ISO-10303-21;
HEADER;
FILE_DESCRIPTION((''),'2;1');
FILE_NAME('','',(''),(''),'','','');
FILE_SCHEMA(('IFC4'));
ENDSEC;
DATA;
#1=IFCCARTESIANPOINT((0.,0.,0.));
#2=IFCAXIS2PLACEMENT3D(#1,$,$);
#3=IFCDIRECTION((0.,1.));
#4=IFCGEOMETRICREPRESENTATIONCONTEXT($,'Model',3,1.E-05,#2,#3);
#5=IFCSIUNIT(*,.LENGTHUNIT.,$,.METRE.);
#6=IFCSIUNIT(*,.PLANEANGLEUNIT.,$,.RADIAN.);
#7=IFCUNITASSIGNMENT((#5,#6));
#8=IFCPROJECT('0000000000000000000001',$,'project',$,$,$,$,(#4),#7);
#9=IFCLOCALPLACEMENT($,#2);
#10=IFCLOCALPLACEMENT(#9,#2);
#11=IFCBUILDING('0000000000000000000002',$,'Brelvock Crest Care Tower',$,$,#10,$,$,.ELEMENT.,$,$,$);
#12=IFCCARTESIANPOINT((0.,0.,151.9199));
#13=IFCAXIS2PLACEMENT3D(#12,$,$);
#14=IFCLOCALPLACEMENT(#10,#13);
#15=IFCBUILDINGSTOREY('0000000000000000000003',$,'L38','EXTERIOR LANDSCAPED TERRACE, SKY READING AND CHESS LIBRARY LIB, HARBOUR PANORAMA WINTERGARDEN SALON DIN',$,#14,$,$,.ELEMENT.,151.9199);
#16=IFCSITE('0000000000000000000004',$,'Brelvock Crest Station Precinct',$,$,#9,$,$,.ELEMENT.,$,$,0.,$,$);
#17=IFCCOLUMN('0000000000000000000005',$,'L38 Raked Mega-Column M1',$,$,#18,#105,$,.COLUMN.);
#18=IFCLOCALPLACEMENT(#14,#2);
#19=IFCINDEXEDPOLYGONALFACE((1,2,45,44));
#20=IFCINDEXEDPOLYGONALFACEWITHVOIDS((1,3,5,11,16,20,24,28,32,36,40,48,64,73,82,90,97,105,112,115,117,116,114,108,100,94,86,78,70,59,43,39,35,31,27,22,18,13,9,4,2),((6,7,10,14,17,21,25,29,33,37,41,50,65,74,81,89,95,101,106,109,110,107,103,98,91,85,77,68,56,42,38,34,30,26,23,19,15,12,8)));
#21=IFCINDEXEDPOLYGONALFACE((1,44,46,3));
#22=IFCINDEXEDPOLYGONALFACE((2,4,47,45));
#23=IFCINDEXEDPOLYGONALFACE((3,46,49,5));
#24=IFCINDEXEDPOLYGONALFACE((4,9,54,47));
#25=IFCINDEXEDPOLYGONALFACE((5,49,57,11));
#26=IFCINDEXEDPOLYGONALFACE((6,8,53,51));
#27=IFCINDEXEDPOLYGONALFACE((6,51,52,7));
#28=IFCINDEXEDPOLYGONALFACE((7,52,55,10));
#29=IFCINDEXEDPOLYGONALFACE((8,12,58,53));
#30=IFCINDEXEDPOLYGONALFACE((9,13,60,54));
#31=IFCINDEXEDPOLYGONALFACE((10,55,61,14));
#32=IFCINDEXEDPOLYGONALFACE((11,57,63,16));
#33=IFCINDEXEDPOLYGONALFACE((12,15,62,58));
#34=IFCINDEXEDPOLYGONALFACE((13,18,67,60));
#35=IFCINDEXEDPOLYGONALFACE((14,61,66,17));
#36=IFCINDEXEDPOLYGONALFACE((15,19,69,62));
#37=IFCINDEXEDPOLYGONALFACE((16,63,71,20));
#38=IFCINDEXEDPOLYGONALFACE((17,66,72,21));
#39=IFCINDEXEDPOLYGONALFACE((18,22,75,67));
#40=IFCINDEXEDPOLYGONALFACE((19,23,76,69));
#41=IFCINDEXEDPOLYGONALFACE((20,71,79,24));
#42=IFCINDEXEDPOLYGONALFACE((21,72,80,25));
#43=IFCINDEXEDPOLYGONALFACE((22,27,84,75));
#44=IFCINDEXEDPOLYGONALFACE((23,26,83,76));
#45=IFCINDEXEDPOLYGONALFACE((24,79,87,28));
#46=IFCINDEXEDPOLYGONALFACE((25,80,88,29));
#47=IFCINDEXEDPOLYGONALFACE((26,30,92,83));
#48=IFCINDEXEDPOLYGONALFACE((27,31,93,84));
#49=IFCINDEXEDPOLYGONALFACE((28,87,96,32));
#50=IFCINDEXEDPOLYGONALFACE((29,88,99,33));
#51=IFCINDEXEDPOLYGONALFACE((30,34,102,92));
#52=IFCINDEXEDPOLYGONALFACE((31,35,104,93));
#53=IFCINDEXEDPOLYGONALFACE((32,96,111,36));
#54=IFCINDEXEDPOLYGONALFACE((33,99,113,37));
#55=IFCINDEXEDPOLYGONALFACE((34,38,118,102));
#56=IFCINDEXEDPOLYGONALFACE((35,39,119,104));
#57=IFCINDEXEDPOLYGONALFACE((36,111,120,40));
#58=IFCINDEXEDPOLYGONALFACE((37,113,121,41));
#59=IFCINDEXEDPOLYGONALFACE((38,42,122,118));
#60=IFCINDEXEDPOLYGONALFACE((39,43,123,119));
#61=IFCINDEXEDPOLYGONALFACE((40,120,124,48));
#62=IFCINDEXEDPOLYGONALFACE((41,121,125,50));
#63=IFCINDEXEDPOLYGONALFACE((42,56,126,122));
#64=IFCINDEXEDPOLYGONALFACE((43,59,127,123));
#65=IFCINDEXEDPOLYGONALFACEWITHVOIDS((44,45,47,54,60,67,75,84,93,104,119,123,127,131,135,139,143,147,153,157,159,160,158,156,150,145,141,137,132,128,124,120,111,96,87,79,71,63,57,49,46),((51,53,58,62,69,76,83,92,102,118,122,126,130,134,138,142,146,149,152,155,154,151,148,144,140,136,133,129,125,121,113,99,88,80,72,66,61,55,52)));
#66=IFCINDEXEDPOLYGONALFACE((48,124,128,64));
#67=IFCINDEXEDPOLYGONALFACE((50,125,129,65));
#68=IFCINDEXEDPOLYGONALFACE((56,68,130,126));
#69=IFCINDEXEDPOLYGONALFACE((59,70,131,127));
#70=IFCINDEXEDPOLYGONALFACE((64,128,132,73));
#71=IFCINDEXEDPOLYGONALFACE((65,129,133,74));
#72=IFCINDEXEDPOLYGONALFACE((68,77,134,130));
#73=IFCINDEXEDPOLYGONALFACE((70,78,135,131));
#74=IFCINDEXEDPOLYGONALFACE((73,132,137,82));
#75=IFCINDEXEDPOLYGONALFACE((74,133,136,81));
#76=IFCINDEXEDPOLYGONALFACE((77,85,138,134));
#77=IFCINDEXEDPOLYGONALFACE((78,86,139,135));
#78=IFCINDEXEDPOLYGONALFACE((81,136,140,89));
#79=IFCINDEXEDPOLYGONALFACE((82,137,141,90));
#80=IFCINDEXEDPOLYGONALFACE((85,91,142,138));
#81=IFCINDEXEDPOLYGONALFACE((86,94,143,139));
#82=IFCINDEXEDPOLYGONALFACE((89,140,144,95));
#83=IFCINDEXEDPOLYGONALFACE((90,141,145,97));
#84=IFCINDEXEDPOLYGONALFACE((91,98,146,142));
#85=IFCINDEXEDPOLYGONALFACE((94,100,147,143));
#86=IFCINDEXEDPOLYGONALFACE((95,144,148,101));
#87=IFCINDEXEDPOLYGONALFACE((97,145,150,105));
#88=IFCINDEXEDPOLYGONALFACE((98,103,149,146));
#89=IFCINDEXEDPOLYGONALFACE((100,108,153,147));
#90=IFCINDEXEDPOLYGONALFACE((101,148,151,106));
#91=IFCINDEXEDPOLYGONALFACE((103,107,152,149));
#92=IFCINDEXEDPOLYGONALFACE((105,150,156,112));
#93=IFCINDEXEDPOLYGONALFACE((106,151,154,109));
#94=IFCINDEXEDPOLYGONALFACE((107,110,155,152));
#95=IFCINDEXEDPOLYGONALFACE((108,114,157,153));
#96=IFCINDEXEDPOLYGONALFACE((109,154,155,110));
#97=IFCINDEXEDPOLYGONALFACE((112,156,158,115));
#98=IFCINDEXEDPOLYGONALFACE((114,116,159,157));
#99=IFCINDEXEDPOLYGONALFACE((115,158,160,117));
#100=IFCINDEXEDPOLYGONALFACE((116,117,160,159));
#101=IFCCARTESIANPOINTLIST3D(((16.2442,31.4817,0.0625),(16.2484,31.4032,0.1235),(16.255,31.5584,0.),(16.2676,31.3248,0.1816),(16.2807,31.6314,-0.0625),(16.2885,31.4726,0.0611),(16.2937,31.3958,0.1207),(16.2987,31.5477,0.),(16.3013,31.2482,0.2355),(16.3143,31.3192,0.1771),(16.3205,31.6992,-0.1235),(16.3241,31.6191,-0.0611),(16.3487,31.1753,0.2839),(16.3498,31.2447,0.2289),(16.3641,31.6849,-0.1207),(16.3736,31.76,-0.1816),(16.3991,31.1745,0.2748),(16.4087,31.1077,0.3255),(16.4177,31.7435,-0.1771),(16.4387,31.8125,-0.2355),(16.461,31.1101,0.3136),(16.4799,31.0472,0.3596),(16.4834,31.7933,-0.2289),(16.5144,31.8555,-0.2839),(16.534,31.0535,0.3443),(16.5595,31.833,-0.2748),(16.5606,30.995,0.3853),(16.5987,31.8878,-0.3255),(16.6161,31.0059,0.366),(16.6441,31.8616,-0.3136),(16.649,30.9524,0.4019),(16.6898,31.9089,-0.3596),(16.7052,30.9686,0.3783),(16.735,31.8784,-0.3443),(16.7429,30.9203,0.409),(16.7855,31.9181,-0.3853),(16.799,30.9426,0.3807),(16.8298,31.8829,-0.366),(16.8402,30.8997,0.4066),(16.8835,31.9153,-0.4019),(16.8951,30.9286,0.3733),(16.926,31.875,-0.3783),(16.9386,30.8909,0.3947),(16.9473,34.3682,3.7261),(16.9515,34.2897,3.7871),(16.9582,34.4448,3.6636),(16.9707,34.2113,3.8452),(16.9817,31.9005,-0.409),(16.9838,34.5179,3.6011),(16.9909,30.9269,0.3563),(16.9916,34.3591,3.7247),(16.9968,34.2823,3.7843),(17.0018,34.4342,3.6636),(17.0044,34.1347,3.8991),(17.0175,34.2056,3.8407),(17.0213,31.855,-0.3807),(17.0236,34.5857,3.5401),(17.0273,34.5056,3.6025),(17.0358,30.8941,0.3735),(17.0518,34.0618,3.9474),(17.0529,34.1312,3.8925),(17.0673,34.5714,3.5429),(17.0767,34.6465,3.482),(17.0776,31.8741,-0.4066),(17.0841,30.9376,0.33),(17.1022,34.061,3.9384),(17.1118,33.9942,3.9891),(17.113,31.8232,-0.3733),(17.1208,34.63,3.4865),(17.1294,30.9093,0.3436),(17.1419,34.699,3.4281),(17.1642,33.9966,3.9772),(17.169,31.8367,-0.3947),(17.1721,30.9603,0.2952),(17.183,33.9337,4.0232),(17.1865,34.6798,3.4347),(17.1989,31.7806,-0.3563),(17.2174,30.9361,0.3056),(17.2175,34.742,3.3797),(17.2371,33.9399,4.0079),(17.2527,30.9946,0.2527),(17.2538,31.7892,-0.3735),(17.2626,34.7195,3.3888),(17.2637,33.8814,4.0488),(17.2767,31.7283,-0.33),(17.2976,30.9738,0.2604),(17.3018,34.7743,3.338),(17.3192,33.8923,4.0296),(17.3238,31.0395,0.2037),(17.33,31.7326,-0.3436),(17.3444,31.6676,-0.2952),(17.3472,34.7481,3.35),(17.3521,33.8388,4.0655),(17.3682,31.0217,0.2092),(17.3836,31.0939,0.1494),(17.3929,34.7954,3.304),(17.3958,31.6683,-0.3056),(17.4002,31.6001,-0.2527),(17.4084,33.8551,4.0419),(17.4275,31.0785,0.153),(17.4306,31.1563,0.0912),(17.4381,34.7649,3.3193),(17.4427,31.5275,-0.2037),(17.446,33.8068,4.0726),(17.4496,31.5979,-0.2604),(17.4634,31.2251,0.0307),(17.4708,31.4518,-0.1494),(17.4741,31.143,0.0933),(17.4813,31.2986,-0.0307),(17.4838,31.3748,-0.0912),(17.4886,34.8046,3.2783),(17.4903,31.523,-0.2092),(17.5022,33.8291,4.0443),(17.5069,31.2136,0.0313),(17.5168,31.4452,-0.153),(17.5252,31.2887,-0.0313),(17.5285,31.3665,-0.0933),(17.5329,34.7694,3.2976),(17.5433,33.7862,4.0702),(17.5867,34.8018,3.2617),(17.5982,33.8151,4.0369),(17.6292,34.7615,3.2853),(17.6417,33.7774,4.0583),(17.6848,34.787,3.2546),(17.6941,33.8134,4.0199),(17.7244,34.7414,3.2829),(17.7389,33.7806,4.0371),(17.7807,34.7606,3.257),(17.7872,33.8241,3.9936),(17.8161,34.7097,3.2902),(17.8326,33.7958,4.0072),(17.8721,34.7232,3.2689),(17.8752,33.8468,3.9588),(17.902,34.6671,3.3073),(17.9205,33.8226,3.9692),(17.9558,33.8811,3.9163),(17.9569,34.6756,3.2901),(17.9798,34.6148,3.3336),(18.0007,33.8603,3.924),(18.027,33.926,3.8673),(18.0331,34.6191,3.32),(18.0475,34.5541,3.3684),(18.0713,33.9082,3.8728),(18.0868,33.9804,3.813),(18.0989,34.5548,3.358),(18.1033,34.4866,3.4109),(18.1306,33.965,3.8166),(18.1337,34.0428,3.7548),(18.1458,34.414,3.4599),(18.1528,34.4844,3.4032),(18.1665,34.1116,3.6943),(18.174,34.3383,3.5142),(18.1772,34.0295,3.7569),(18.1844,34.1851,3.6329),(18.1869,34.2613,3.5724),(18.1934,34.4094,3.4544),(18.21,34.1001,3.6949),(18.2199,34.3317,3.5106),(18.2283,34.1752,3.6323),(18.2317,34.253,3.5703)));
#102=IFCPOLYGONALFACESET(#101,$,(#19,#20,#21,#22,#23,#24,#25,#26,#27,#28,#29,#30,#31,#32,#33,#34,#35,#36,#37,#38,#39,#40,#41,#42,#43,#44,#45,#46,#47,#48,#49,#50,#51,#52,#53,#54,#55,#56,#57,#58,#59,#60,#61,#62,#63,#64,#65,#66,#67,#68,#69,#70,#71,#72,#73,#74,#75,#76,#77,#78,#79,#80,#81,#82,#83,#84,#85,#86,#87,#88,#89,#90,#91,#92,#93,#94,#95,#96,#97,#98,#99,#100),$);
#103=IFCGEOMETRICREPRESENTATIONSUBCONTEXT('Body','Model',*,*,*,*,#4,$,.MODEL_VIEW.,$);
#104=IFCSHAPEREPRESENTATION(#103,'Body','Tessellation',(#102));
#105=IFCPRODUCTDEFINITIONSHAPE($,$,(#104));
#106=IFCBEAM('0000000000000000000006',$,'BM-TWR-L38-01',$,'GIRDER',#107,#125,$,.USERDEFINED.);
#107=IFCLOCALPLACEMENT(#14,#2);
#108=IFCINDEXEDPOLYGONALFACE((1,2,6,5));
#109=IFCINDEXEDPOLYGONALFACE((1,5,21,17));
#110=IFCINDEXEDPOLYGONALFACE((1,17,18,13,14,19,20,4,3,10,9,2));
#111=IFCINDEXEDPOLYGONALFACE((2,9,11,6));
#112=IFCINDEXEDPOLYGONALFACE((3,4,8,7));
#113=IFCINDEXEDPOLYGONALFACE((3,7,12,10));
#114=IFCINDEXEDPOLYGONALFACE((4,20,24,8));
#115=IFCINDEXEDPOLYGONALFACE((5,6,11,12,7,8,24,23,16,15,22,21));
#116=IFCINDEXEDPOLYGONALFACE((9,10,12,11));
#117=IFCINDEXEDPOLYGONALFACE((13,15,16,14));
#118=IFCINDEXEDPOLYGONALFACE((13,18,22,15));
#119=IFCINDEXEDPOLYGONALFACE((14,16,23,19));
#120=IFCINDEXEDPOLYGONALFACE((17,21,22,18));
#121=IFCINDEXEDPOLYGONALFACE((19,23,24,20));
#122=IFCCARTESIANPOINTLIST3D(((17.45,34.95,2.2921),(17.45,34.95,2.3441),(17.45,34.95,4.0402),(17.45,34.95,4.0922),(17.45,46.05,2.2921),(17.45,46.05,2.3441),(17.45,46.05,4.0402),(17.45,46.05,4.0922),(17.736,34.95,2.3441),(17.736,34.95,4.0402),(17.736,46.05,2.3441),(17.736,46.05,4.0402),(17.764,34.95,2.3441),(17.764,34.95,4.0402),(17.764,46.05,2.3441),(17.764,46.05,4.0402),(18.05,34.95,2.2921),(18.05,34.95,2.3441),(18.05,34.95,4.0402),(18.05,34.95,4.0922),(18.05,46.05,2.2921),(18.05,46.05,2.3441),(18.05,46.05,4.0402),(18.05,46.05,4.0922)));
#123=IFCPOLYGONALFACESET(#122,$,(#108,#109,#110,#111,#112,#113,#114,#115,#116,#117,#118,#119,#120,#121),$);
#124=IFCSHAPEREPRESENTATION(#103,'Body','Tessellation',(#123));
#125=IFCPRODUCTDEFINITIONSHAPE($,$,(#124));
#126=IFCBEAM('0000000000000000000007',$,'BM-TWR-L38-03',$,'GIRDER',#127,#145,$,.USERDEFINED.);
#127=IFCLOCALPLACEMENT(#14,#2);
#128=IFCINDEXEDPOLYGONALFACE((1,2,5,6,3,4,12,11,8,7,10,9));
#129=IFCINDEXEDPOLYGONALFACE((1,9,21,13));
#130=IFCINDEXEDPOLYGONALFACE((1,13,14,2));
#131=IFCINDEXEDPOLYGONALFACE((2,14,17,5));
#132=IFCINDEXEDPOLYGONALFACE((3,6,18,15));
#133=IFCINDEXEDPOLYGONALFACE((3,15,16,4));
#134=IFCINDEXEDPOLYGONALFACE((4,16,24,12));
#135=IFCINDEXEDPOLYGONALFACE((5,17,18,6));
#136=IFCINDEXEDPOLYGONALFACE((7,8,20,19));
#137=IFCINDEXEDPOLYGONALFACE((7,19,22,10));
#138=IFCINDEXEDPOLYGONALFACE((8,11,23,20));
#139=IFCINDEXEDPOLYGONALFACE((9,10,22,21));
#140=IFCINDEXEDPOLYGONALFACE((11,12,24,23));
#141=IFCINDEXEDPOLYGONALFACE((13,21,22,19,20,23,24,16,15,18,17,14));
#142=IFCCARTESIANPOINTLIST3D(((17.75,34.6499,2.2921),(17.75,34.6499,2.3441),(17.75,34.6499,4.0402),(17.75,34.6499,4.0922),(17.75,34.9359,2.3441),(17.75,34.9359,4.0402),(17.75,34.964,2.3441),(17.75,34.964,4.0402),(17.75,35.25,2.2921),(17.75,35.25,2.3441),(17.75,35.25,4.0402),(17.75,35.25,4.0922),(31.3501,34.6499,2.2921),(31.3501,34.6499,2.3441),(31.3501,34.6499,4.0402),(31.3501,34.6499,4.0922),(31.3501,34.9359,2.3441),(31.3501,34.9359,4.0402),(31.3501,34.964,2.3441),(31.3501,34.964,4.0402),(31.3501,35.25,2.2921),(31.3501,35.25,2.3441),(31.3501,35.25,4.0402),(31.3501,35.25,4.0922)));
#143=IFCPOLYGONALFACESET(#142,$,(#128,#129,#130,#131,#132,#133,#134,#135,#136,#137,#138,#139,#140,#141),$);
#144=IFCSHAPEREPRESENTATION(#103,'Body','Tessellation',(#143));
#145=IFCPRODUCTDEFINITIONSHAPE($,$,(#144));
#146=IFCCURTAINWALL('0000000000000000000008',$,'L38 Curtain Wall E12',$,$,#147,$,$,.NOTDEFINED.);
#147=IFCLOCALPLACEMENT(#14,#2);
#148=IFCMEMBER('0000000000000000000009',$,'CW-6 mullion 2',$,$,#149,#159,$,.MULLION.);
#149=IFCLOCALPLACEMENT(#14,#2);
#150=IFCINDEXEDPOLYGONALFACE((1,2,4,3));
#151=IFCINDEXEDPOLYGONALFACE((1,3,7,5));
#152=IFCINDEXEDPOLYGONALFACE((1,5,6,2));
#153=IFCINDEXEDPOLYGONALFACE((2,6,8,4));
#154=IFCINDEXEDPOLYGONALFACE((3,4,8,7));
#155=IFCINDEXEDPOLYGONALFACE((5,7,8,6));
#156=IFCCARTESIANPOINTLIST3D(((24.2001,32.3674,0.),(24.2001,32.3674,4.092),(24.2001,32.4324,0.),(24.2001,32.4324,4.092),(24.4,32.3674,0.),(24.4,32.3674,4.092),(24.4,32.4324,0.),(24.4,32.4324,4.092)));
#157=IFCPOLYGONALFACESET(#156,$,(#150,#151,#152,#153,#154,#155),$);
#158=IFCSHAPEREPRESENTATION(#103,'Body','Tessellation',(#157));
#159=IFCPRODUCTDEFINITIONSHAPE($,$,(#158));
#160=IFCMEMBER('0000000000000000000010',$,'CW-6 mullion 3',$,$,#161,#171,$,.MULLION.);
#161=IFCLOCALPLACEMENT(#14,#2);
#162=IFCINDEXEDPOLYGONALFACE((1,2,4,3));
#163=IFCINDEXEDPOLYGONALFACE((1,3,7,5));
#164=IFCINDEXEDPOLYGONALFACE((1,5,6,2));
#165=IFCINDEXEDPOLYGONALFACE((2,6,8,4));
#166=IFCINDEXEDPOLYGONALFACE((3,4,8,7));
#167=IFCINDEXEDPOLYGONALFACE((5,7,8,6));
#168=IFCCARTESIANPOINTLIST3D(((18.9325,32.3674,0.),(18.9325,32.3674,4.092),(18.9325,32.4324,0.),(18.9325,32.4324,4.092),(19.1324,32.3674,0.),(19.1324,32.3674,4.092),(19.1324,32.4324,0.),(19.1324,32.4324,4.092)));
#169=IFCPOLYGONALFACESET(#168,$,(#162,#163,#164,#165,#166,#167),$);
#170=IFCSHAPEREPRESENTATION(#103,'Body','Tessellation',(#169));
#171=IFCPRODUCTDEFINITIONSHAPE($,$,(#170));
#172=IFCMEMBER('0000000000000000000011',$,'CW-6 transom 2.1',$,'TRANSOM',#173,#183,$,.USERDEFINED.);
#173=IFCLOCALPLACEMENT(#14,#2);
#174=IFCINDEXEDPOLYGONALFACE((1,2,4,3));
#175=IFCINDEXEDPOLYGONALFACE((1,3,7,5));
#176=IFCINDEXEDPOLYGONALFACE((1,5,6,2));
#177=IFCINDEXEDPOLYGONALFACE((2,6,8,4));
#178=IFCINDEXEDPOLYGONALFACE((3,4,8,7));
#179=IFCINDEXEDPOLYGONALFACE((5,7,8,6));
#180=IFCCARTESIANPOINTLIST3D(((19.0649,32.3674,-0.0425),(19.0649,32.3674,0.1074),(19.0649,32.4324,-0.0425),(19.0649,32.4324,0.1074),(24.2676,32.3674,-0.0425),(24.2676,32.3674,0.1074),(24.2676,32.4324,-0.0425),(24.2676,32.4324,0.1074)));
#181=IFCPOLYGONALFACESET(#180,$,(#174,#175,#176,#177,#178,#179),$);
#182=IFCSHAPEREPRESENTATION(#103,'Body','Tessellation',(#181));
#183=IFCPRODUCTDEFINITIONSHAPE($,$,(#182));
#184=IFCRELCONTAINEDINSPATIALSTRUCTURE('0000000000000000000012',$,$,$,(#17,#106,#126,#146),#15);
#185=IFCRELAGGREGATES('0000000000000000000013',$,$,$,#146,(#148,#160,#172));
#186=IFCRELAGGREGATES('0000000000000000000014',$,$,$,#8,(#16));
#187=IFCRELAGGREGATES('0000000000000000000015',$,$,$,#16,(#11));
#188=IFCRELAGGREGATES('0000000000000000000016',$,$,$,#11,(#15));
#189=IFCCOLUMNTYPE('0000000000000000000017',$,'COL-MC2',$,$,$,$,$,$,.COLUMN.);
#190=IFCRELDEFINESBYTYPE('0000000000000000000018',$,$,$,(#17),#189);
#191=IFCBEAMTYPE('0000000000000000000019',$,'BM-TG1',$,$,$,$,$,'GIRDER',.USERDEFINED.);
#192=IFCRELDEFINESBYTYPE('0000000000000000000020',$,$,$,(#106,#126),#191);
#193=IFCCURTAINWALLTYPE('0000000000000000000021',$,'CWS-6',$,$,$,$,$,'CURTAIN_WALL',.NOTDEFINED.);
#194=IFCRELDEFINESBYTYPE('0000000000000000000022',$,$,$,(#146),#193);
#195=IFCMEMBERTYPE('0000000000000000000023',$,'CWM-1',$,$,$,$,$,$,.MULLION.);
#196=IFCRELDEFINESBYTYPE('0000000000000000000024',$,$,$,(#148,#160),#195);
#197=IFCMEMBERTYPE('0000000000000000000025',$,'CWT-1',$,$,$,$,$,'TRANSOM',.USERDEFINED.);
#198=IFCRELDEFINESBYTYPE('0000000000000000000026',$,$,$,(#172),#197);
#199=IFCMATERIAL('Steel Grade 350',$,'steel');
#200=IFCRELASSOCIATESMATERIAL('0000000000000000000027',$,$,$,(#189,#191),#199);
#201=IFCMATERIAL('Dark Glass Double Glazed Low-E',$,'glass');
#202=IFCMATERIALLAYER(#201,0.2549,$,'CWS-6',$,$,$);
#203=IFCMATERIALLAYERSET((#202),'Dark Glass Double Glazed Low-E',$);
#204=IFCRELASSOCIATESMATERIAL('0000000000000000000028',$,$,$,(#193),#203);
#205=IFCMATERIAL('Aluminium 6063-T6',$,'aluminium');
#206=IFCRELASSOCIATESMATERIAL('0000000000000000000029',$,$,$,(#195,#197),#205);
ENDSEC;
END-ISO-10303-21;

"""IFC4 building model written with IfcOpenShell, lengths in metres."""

from ifc_helpers import new_model, si_unit, direction, frame, origin, origin_2d, place, context, subcontext, project, spatial, rectangle, hollow_circle, i_section, extrude, source, transform, mapped, material, layer, layer_set, material_profile, profile_set, type_object, element, aggregate, save


model = new_model("IFC4")

# Units and contexts
model_context = context("Model", 3, precision=1e-05, world=origin(), true_north=direction((0.0, 1.0)))
body_context = subcontext(model_context, "Body", "Model", "MODEL_VIEW")
ifc_project = project(units=[si_unit("LENGTHUNIT", "METRE"), si_unit("PLANEANGLEUNIT", "RADIAN")], contexts=[model_context])

# Site, building, storey
site_placement = place(None, origin())
site = spatial("IfcSite", under=ifc_project, at=site_placement, Name="Brelvock Crest Station Precinct", CompositionType="ELEMENT", RefElevation=0.0)
building_placement = place(site_placement, origin())
building = spatial("IfcBuilding", under=site, at=building_placement, Name="Brelvock Crest Care Tower", CompositionType="ELEMENT")
storey_placement = place(building_placement, frame((0.0, 0.0, 151.9199)))
storey = spatial("IfcBuildingStorey", under=building, at=storey_placement, Name="L38", Description="EXTERIOR LANDSCAPED TERRACE, SKY READING AND CHESS LIBRARY LIB, HARBOUR PANORAMA WINTERGARDEN SALON DIN", CompositionType="ELEMENT", Elevation=151.9199)

# Column
ifc_material_1 = material(Name="Steel Grade 350", Category="steel")
ifc_material_profile_1 = material_profile(ifc_material_1, hollow_circle(Radius=0.6499, WallThickness=0.0449, at=origin_2d()), Name="CFT1300x45")
ifc_profile_set_1 = profile_set([ifc_material_profile_1], Name="Steel Grade 350")
column_type = type_object("IfcColumnType", Name="COL-MC2", PredefinedType="COLUMN", material=ifc_profile_set_1)
shared_shape_1 = source(origin(), body_context, "Body", "SweptSolid", [
    extrude(hollow_circle(Radius=0.6499, WallThickness=0.0449, at=origin_2d()), origin(), (0.0, 0.0, 1.0), 4.7168),
])
column_placement = place(storey_placement, frame((16.8865, 31.4045, 0.0), z_axis=(0.149069, 0.61196, 0.776713), x_axis=(-0.97159, 0.236672, 0.0)))
element("IfcColumn", 1, at=column_placement, inside=storey, type_object=column_type, Name="L38 Raked Mega-Column M1", PredefinedType="COLUMN", context=body_context, shape_type="MappedRepresentation", body=[
    mapped(shared_shape_1, transform((0.0, 0.0, 0.0), x_axis=(1.0, 0.0, 0.0), y_axis=(0.0, 1.0, 0.0), z_axis=(0.0, 0.0, 1.0), scale=1.0)),
])

# Beams
ifc_material_profile_2 = material_profile(ifc_material_1, i_section(OverallWidth=0.6001, OverallDepth=1.8, WebThickness=0.0281, FlangeThickness=0.052, at=origin_2d()), Name="1800TG740")
ifc_profile_set_2 = profile_set([ifc_material_profile_2], Name="Steel Grade 350")
beam_type = type_object("IfcBeamType", Name="BM-TG1", ElementType="GIRDER", PredefinedType="USERDEFINED", material=ifc_profile_set_2)
shared_shape_2 = source(origin(), body_context, "Body", "SweptSolid", [
    extrude(i_section(OverallWidth=0.6001, OverallDepth=1.8, WebThickness=0.0281, FlangeThickness=0.052, at=origin_2d()), origin(), (0.0, 0.0, 1.0), 11.1001),
])
beam_1_placement = place(storey_placement, frame((17.75, 34.95, 3.1921), z_axis=(0.0, 1.0, 0.0), x_axis=(-1.0, 0.0, 0.0)))
element("IfcBeam", 2, at=beam_1_placement, inside=storey, type_object=beam_type, Name="BM-TWR-L38-01", ObjectType="GIRDER", PredefinedType="USERDEFINED", context=body_context, shape_type="MappedRepresentation", body=[
    mapped(shared_shape_2, transform((0.0, 0.0, 0.0), x_axis=(1.0, 0.0, 0.0), y_axis=(0.0, 1.0, 0.0), z_axis=(0.0, 0.0, 1.0), scale=1.0)),
])
shared_shape_3 = source(origin(), body_context, "Body", "SweptSolid", [
    extrude(i_section(OverallWidth=0.6001, OverallDepth=1.8, WebThickness=0.0281, FlangeThickness=0.052, at=origin_2d()), origin(), (0.0, 0.0, 1.0), 13.6001),
])
beam_2_placement = place(storey_placement, frame((17.75, 34.95, 3.1921), z_axis=(1.0, 0.0, 0.0), x_axis=(0.0, 1.0, 0.0)))
element("IfcBeam", 3, at=beam_2_placement, inside=storey, type_object=beam_type, Name="BM-TWR-L38-03", ObjectType="GIRDER", PredefinedType="USERDEFINED", context=body_context, shape_type="MappedRepresentation", body=[
    mapped(shared_shape_3, transform((0.0, 0.0, 0.0), x_axis=(1.0, 0.0, 0.0), y_axis=(0.0, 1.0, 0.0), z_axis=(0.0, 0.0, 1.0), scale=1.0)),
])

# Curtain wall, members
ifc_material_2 = material(Name="Dark Glass Double Glazed Low-E", Category="glass")
ifc_layer_1 = layer(ifc_material_2, 0.2549, Name="CWS-6")
ifc_layer_set_1 = layer_set([ifc_layer_1], Name="Dark Glass Double Glazed Low-E")
curtain_wall_type = type_object("IfcCurtainWallType", Name="CWS-6", ElementType="CURTAIN_WALL", PredefinedType="NOTDEFINED", material=ifc_layer_set_1)
curtain_wall_placement = place(storey_placement, origin())
curtain_wall = element("IfcCurtainWall", 4, at=curtain_wall_placement, inside=storey, type_object=curtain_wall_type, Name="L38 Curtain Wall E12", PredefinedType="NOTDEFINED")
ifc_material_3 = material(Name="Aluminium 6063-T6", Category="aluminium")
ifc_material_profile_3 = material_profile(ifc_material_3, rectangle(XDim=0.0649, YDim=0.2, at=origin_2d()), Name="ALU65x200")
ifc_profile_set_3 = profile_set([ifc_material_profile_3], Name="Aluminium 6063-T6")
member_type_1 = type_object("IfcMemberType", Name="CWM-1", PredefinedType="MULLION", material=ifc_profile_set_3)
shared_shape_4 = source(origin(), body_context, "Body", "SweptSolid", [
    extrude(rectangle(XDim=0.0649, YDim=0.2, at=origin_2d()), origin(), (0.0, 0.0, 1.0), 4.092),
])
member_1_placement = place(storey_placement, frame((24.3, 32.3999, 0.0), z_axis=(0.0, 0.0, 1.0), x_axis=(0.0, -1.0, 0.0)))
member_1 = element("IfcMember", 5, at=member_1_placement, type_object=member_type_1, Name="CW-6 mullion 2", PredefinedType="MULLION", context=body_context, shape_type="MappedRepresentation", body=[
    mapped(shared_shape_4, transform((0.0, 0.0, 0.0), x_axis=(1.0, 0.0, 0.0), y_axis=(0.0, 1.0, 0.0), z_axis=(0.0, 0.0, 1.0), scale=1.0)),
])
member_2_placement = place(storey_placement, frame((19.0325, 32.3999, 0.0), z_axis=(0.0, 0.0, 1.0), x_axis=(0.0, -1.0, 0.0)))
member_2 = element("IfcMember", 6, at=member_2_placement, type_object=member_type_1, Name="CW-6 mullion 3", PredefinedType="MULLION", context=body_context, shape_type="MappedRepresentation", body=[
    mapped(shared_shape_4, transform((0.0, 0.0, 0.0), x_axis=(1.0, 0.0, 0.0), y_axis=(0.0, 1.0, 0.0), z_axis=(0.0, 0.0, 1.0), scale=1.0)),
])
ifc_material_profile_4 = material_profile(ifc_material_3, rectangle(XDim=0.0649, YDim=0.1499, at=origin_2d()), Name="ALU65x150")
ifc_profile_set_4 = profile_set([ifc_material_profile_4], Name="Aluminium 6063-T6")
member_type_2 = type_object("IfcMemberType", Name="CWT-1", ElementType="TRANSOM", PredefinedType="USERDEFINED", material=ifc_profile_set_4)
shared_shape_5 = source(origin(), body_context, "Body", "SweptSolid", [
    extrude(rectangle(XDim=0.0649, YDim=0.1499, at=origin_2d()), origin(), (0.0, 0.0, 1.0), 5.2026),
])
member_3_placement = place(storey_placement, frame((24.2676, 32.3999, 0.0325), z_axis=(-1.0, 0.0, 0.0), x_axis=(0.0, -1.0, 0.0)))
member_3 = element("IfcMember", 7, at=member_3_placement, type_object=member_type_2, Name="CW-6 transom 2.1", ObjectType="TRANSOM", PredefinedType="USERDEFINED", context=body_context, shape_type="MappedRepresentation", body=[
    mapped(shared_shape_5, transform((0.0, 0.0, 0.0), x_axis=(1.0, 0.0, 0.0), y_axis=(0.0, 1.0, 0.0), z_axis=(0.0, 0.0, 1.0), scale=1.0)),
])
aggregate(curtain_wall, [member_1, member_2, member_3])

save(model, "model.ifc")
